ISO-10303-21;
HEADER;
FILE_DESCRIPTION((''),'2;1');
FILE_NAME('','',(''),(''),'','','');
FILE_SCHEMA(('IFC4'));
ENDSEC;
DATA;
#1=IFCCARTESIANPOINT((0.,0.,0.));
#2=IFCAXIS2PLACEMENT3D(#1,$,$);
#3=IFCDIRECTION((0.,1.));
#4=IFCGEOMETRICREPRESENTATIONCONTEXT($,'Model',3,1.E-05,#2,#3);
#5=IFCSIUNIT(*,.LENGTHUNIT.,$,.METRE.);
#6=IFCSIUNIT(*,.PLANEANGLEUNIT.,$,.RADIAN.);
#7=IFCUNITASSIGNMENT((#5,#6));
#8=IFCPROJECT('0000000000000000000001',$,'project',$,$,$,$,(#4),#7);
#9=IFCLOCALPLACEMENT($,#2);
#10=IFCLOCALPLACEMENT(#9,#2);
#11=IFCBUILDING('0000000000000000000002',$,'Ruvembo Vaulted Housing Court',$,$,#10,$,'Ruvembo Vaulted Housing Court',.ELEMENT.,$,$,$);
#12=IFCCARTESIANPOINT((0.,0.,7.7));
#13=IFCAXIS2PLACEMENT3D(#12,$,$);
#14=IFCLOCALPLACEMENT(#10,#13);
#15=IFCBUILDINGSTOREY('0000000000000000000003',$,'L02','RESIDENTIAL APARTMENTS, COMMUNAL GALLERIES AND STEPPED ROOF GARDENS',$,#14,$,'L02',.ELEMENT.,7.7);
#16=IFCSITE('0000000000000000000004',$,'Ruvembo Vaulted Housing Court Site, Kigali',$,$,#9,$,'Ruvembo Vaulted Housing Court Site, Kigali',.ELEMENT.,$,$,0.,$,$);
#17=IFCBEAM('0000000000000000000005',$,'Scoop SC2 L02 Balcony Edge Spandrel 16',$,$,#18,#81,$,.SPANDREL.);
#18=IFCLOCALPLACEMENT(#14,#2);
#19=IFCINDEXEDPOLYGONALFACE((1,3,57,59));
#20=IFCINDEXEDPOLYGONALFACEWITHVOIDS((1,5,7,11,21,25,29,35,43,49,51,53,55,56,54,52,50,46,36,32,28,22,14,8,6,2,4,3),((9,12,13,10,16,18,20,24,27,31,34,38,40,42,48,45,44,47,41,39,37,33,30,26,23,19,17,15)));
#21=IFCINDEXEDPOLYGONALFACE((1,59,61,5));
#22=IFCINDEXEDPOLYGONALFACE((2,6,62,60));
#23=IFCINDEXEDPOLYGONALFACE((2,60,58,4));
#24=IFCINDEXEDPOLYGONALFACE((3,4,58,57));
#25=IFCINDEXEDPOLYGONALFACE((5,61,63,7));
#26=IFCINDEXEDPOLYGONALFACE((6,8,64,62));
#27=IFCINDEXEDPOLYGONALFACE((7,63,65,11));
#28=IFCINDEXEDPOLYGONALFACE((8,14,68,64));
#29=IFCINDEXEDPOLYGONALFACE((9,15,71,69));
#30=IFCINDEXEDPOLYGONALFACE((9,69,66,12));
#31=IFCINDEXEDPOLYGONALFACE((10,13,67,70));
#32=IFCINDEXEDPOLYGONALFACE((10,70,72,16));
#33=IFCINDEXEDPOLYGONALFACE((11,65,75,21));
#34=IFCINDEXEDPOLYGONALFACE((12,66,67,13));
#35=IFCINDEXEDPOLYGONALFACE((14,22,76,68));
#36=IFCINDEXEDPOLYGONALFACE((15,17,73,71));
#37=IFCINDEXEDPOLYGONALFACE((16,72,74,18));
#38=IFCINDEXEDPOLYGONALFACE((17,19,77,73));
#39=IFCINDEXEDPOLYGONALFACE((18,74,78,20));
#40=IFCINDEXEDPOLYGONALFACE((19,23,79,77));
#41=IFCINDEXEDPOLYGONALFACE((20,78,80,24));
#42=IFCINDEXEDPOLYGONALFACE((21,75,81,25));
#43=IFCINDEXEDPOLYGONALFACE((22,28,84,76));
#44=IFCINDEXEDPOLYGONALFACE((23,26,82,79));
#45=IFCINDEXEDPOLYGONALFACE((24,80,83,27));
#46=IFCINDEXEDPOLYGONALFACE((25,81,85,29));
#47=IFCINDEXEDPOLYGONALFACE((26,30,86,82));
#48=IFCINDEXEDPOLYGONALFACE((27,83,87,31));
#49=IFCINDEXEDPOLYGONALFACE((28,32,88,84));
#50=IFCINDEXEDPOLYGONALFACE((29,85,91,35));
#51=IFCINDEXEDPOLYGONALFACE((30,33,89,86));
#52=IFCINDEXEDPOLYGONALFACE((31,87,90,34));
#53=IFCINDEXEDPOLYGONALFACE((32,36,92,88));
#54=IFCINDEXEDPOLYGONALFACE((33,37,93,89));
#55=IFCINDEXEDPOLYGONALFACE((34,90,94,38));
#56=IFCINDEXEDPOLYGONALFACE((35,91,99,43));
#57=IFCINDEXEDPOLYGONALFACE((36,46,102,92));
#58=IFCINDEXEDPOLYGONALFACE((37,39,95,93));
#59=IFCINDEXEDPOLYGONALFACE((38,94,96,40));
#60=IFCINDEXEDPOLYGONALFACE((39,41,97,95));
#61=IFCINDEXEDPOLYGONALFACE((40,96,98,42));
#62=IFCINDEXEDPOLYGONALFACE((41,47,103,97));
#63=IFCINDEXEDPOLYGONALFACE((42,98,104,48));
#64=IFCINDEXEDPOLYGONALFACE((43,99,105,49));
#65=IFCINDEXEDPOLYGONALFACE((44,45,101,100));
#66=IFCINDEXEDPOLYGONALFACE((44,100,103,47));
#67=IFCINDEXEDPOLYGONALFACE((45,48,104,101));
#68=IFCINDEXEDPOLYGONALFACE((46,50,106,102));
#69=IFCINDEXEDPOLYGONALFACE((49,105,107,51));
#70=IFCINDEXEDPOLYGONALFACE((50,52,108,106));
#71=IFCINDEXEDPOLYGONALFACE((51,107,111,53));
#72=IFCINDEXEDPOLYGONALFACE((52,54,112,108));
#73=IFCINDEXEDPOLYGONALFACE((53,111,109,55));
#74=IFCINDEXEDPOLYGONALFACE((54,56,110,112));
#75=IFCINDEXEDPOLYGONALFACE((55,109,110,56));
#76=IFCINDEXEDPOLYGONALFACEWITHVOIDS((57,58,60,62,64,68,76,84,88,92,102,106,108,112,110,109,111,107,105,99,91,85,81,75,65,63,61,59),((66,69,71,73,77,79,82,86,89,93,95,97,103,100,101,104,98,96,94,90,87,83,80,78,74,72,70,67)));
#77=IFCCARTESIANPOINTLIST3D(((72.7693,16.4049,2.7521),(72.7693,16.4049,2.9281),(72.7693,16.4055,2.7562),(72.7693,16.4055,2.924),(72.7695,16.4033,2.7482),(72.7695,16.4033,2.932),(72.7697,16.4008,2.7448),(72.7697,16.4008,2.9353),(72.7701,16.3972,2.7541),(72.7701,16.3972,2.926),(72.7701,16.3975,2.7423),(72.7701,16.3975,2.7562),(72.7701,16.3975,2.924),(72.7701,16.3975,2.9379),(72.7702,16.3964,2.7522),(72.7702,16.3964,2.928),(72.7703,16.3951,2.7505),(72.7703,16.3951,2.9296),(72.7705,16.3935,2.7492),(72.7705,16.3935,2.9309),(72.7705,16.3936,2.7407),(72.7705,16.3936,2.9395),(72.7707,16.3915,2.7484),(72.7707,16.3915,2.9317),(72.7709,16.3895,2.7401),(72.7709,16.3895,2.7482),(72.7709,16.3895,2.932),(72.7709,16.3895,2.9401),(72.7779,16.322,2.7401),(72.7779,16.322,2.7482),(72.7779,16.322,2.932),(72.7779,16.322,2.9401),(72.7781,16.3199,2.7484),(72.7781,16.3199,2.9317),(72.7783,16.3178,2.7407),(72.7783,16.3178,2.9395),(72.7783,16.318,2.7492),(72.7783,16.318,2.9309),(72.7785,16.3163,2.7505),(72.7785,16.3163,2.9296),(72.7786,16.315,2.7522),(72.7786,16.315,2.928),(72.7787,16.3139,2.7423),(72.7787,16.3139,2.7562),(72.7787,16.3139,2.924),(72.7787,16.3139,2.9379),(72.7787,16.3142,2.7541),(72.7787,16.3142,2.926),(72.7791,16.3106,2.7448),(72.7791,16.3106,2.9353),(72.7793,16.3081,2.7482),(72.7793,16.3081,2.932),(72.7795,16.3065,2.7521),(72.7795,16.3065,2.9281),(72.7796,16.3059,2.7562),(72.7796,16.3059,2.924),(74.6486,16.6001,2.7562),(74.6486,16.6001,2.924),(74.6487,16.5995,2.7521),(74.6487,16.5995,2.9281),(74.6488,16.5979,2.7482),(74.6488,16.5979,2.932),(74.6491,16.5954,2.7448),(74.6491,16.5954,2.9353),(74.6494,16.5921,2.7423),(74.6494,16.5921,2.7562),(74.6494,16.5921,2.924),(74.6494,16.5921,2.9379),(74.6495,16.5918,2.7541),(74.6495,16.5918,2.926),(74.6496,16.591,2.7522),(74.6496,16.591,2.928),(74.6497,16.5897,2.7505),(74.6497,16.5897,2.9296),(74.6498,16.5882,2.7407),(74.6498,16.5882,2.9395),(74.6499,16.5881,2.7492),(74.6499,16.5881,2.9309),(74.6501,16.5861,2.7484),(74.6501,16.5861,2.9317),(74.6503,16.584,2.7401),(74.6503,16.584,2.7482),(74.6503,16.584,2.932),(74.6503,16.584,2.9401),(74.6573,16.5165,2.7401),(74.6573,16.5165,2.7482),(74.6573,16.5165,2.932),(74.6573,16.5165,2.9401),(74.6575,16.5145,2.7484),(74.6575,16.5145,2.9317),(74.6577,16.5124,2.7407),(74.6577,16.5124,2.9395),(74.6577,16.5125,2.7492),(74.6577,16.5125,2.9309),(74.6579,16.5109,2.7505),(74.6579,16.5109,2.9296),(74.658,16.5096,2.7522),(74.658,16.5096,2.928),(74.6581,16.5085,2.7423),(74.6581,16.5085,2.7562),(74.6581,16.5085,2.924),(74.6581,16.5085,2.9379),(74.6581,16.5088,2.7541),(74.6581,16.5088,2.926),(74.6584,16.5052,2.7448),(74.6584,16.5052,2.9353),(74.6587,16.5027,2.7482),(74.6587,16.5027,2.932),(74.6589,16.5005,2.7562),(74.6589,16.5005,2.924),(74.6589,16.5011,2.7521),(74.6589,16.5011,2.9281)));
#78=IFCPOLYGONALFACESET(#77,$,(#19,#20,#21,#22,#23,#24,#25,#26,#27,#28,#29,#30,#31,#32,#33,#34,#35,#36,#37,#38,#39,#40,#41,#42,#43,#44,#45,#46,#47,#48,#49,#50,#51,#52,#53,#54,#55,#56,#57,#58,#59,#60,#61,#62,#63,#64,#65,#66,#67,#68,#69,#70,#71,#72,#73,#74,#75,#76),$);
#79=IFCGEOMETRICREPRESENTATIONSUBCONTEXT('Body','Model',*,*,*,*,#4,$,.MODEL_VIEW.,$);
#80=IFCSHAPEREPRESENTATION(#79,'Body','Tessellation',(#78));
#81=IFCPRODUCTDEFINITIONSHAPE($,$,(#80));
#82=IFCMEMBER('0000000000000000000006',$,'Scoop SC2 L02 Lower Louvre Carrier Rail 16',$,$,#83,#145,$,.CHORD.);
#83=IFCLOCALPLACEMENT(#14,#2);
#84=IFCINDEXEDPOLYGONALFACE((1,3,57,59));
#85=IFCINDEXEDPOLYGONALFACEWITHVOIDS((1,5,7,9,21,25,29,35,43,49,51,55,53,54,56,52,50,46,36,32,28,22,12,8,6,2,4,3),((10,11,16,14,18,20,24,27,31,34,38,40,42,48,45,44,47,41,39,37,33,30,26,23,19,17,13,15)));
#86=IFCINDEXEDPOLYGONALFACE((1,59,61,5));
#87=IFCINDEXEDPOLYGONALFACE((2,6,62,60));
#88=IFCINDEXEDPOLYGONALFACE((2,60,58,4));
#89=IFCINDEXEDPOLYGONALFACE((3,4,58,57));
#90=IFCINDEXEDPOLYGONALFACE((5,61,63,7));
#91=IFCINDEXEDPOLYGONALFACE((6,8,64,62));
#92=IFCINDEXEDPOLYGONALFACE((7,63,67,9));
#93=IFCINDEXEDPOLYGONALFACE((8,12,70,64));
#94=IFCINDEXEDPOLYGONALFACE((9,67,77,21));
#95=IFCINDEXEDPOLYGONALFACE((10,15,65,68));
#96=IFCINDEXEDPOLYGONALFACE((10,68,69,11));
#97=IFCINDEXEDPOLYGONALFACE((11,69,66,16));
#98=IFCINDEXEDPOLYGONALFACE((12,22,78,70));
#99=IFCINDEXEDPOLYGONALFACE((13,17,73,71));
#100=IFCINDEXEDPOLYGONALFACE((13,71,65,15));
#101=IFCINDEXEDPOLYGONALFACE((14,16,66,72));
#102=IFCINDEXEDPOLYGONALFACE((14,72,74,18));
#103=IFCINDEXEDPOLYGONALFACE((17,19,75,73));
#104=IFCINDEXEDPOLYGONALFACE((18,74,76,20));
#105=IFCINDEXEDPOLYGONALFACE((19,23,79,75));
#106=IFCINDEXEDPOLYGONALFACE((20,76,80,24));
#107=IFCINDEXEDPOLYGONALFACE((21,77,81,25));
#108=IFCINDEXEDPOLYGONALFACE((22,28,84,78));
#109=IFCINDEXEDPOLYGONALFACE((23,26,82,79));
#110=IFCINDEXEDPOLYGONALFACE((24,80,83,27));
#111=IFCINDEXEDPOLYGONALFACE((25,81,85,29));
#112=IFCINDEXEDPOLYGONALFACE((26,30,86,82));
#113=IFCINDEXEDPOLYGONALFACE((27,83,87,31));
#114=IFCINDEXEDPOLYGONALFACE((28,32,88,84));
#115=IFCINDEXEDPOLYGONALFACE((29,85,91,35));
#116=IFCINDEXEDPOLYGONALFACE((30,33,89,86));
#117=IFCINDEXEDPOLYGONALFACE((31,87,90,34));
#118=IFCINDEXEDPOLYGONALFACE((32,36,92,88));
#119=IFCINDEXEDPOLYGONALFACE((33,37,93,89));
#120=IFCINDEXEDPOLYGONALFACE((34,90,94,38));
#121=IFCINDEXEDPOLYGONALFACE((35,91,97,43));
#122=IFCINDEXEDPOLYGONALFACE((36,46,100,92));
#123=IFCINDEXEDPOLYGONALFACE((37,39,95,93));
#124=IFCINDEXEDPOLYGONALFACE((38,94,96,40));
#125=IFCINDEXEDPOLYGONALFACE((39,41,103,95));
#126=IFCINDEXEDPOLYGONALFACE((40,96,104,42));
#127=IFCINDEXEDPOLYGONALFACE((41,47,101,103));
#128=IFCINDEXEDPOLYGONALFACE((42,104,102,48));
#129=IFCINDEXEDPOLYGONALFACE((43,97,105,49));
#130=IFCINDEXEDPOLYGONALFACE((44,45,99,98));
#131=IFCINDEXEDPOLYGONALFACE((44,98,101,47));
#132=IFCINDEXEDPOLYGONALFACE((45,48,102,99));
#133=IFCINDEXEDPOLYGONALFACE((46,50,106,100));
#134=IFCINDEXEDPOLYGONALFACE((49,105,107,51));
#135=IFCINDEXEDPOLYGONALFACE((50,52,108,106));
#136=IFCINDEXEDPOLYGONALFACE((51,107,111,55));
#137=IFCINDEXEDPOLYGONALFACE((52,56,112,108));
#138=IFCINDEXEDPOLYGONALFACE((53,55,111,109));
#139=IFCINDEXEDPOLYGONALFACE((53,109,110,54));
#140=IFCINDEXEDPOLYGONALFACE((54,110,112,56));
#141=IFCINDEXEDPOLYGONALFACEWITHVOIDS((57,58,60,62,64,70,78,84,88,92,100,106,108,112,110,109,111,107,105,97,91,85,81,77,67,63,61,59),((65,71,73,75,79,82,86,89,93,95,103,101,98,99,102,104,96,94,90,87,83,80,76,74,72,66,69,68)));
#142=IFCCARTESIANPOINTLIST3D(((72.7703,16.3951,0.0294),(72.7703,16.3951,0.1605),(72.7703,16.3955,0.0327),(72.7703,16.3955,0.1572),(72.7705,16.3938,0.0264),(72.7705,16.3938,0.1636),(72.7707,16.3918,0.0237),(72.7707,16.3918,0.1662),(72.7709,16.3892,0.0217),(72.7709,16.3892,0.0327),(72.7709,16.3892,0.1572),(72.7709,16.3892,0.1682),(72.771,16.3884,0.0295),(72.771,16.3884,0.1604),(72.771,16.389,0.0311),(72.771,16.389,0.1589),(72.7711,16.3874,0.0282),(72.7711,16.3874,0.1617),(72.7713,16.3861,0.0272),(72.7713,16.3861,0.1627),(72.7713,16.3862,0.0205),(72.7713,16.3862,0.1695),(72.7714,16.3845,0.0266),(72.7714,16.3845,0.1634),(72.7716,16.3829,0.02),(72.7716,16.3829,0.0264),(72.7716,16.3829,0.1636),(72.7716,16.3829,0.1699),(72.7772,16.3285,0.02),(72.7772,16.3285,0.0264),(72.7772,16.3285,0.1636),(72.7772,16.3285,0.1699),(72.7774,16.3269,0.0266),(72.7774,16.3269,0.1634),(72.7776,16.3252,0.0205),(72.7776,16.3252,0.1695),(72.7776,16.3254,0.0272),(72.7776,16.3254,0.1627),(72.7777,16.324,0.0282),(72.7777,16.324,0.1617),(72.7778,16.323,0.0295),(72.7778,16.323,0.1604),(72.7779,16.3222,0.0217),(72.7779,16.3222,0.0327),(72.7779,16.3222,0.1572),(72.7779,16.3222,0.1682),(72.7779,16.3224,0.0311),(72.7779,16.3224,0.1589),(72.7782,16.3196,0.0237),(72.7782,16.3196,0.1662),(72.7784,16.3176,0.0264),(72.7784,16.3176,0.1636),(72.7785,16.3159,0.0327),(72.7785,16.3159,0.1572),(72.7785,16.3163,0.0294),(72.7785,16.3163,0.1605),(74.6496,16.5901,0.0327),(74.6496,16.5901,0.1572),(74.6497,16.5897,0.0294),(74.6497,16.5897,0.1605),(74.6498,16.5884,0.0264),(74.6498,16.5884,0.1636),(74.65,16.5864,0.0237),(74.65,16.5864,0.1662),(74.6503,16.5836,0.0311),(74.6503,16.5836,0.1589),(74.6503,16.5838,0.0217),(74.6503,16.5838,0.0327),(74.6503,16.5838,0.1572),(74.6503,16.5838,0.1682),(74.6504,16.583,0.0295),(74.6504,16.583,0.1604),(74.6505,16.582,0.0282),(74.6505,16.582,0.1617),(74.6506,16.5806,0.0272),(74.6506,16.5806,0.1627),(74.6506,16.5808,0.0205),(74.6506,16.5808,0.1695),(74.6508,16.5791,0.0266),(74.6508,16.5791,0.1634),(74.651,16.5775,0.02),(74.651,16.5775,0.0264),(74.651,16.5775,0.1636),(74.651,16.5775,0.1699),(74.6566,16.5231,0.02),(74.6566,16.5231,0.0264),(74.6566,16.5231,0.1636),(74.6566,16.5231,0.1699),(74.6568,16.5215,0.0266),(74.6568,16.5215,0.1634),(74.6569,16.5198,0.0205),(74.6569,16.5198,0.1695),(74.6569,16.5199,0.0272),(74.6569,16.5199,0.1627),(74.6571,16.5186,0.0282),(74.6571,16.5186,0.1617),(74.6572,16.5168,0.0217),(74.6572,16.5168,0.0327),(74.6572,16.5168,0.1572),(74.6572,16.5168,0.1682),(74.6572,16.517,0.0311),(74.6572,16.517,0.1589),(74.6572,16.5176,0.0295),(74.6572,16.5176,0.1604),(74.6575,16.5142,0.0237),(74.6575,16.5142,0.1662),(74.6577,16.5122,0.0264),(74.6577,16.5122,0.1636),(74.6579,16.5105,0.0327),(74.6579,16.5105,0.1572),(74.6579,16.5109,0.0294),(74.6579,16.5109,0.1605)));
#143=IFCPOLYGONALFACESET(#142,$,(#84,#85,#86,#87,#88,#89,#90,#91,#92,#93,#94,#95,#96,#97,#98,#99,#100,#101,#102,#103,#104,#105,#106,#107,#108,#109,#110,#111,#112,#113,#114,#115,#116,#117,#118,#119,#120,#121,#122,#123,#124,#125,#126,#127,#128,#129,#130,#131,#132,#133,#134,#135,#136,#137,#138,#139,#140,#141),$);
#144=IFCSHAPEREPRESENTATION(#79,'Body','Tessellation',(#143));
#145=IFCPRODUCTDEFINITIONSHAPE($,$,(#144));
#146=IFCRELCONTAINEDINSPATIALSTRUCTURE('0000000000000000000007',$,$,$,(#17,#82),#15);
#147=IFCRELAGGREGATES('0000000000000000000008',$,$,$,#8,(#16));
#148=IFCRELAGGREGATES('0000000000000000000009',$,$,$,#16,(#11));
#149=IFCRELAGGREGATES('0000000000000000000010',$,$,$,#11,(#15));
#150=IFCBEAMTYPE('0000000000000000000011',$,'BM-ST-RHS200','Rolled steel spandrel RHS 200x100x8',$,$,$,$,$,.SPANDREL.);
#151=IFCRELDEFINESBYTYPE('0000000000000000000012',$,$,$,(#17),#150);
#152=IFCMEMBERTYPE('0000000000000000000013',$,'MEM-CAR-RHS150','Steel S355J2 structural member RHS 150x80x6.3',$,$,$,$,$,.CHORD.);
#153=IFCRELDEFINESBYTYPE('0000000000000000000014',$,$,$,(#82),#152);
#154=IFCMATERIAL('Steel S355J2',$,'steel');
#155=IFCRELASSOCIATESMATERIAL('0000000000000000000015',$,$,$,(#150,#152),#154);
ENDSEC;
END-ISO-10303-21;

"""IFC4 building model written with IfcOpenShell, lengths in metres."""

from ifc_helpers import new_model, si_unit, direction, frame, origin, origin_2d, place, context, subcontext, project, spatial, hollow_rectangle, extrude, material, material_profile, profile_set, type_object, element, save


model = new_model("IFC4")

# Units and contexts
model_context = context("Model", 3, precision=1e-05, world=origin(), true_north=direction((0.0, 1.0)))
body_context = subcontext(model_context, "Body", "Model", "MODEL_VIEW")
ifc_project = project(units=[si_unit("LENGTHUNIT", "METRE"), si_unit("PLANEANGLEUNIT", "RADIAN")], contexts=[model_context])

# Site, building, storey
site_placement = place(None, origin())
site = spatial("IfcSite", under=ifc_project, at=site_placement, Name="Ruvembo Vaulted Housing Court Site, Kigali", LongName="Ruvembo Vaulted Housing Court Site, Kigali", CompositionType="ELEMENT", RefElevation=0.0)
building_placement = place(site_placement, origin())
building = spatial("IfcBuilding", under=site, at=building_placement, Name="Ruvembo Vaulted Housing Court", LongName="Ruvembo Vaulted Housing Court", CompositionType="ELEMENT")
storey_placement = place(building_placement, frame((0.0, 0.0, 7.7)))
storey = spatial("IfcBuildingStorey", under=building, at=storey_placement, Name="L02", Description="RESIDENTIAL APARTMENTS, COMMUNAL GALLERIES AND STEPPED ROOF GARDENS", LongName="L02", CompositionType="ELEMENT", Elevation=7.7)

# Beam
ifc_material_1 = material(Name="Steel S355J2", Category="steel")
ifc_material_profile_1 = material_profile(ifc_material_1, hollow_rectangle(XDim=0.1001, YDim=0.2, WallThickness=0.0081, InnerFilletRadius=0.0081, OuterFilletRadius=0.0161, at=origin_2d()), Name="RHS 200x100x8")
ifc_profile_set_1 = profile_set([ifc_material_profile_1], Name="Steel S355J2")
beam_type_1 = type_object("IfcBeamType", Name="BM-ST-RHS200", Description="Rolled steel spandrel RHS 200x100x8", PredefinedType="SPANDREL", material=ifc_profile_set_1)
beam_1_placement = place(storey_placement, frame((72.7744, 16.3557, 2.8401), z_axis=(0.994683, 0.102983, 0.0), x_axis=(-0.102983, 0.994683, 0.0)))
element("IfcBeam", 1, at=beam_1_placement, inside=storey, type_object=beam_type_1, Name="Scoop SC2 L02 Balcony Edge Spandrel 16", PredefinedType="SPANDREL", context=body_context, shape_type="SweptSolid", body=[
    extrude(hollow_rectangle(XDim=0.1001, YDim=0.2, WallThickness=0.0081, InnerFilletRadius=0.0081, OuterFilletRadius=0.0161, at=origin_2d()), origin(), (0.0, 0.0, 1.0), 1.8894),
])

# Member
ifc_material_profile_2 = material_profile(ifc_material_1, hollow_rectangle(XDim=0.0801, YDim=0.1499, WallThickness=0.0063, InnerFilletRadius=0.0063, OuterFilletRadius=0.0127, at=origin_2d()), Name="RHS 150x80x6.3")
ifc_profile_set_2 = profile_set([ifc_material_profile_2], Name="Steel S355J2")
member_type_1 = type_object("IfcMemberType", Name="MEM-CAR-RHS150", Description="Steel S355J2 structural member RHS 150x80x6.3", PredefinedType="CHORD", material=ifc_profile_set_2)
member_1_placement = place(storey_placement, frame((72.7744, 16.3557, 0.095), z_axis=(0.994683, 0.102983, 0.0), x_axis=(-0.102983, 0.994683, 0.0)))
element("IfcMember", 2, at=member_1_placement, inside=storey, type_object=member_type_1, Name="Scoop SC2 L02 Lower Louvre Carrier Rail 16", PredefinedType="CHORD", context=body_context, shape_type="SweptSolid", body=[
    extrude(hollow_rectangle(XDim=0.0801, YDim=0.1499, WallThickness=0.0063, InnerFilletRadius=0.0063, OuterFilletRadius=0.0127, at=origin_2d()), origin(), (0.0, 0.0, 1.0), 1.8894),
])

save(model, "model.ifc")
